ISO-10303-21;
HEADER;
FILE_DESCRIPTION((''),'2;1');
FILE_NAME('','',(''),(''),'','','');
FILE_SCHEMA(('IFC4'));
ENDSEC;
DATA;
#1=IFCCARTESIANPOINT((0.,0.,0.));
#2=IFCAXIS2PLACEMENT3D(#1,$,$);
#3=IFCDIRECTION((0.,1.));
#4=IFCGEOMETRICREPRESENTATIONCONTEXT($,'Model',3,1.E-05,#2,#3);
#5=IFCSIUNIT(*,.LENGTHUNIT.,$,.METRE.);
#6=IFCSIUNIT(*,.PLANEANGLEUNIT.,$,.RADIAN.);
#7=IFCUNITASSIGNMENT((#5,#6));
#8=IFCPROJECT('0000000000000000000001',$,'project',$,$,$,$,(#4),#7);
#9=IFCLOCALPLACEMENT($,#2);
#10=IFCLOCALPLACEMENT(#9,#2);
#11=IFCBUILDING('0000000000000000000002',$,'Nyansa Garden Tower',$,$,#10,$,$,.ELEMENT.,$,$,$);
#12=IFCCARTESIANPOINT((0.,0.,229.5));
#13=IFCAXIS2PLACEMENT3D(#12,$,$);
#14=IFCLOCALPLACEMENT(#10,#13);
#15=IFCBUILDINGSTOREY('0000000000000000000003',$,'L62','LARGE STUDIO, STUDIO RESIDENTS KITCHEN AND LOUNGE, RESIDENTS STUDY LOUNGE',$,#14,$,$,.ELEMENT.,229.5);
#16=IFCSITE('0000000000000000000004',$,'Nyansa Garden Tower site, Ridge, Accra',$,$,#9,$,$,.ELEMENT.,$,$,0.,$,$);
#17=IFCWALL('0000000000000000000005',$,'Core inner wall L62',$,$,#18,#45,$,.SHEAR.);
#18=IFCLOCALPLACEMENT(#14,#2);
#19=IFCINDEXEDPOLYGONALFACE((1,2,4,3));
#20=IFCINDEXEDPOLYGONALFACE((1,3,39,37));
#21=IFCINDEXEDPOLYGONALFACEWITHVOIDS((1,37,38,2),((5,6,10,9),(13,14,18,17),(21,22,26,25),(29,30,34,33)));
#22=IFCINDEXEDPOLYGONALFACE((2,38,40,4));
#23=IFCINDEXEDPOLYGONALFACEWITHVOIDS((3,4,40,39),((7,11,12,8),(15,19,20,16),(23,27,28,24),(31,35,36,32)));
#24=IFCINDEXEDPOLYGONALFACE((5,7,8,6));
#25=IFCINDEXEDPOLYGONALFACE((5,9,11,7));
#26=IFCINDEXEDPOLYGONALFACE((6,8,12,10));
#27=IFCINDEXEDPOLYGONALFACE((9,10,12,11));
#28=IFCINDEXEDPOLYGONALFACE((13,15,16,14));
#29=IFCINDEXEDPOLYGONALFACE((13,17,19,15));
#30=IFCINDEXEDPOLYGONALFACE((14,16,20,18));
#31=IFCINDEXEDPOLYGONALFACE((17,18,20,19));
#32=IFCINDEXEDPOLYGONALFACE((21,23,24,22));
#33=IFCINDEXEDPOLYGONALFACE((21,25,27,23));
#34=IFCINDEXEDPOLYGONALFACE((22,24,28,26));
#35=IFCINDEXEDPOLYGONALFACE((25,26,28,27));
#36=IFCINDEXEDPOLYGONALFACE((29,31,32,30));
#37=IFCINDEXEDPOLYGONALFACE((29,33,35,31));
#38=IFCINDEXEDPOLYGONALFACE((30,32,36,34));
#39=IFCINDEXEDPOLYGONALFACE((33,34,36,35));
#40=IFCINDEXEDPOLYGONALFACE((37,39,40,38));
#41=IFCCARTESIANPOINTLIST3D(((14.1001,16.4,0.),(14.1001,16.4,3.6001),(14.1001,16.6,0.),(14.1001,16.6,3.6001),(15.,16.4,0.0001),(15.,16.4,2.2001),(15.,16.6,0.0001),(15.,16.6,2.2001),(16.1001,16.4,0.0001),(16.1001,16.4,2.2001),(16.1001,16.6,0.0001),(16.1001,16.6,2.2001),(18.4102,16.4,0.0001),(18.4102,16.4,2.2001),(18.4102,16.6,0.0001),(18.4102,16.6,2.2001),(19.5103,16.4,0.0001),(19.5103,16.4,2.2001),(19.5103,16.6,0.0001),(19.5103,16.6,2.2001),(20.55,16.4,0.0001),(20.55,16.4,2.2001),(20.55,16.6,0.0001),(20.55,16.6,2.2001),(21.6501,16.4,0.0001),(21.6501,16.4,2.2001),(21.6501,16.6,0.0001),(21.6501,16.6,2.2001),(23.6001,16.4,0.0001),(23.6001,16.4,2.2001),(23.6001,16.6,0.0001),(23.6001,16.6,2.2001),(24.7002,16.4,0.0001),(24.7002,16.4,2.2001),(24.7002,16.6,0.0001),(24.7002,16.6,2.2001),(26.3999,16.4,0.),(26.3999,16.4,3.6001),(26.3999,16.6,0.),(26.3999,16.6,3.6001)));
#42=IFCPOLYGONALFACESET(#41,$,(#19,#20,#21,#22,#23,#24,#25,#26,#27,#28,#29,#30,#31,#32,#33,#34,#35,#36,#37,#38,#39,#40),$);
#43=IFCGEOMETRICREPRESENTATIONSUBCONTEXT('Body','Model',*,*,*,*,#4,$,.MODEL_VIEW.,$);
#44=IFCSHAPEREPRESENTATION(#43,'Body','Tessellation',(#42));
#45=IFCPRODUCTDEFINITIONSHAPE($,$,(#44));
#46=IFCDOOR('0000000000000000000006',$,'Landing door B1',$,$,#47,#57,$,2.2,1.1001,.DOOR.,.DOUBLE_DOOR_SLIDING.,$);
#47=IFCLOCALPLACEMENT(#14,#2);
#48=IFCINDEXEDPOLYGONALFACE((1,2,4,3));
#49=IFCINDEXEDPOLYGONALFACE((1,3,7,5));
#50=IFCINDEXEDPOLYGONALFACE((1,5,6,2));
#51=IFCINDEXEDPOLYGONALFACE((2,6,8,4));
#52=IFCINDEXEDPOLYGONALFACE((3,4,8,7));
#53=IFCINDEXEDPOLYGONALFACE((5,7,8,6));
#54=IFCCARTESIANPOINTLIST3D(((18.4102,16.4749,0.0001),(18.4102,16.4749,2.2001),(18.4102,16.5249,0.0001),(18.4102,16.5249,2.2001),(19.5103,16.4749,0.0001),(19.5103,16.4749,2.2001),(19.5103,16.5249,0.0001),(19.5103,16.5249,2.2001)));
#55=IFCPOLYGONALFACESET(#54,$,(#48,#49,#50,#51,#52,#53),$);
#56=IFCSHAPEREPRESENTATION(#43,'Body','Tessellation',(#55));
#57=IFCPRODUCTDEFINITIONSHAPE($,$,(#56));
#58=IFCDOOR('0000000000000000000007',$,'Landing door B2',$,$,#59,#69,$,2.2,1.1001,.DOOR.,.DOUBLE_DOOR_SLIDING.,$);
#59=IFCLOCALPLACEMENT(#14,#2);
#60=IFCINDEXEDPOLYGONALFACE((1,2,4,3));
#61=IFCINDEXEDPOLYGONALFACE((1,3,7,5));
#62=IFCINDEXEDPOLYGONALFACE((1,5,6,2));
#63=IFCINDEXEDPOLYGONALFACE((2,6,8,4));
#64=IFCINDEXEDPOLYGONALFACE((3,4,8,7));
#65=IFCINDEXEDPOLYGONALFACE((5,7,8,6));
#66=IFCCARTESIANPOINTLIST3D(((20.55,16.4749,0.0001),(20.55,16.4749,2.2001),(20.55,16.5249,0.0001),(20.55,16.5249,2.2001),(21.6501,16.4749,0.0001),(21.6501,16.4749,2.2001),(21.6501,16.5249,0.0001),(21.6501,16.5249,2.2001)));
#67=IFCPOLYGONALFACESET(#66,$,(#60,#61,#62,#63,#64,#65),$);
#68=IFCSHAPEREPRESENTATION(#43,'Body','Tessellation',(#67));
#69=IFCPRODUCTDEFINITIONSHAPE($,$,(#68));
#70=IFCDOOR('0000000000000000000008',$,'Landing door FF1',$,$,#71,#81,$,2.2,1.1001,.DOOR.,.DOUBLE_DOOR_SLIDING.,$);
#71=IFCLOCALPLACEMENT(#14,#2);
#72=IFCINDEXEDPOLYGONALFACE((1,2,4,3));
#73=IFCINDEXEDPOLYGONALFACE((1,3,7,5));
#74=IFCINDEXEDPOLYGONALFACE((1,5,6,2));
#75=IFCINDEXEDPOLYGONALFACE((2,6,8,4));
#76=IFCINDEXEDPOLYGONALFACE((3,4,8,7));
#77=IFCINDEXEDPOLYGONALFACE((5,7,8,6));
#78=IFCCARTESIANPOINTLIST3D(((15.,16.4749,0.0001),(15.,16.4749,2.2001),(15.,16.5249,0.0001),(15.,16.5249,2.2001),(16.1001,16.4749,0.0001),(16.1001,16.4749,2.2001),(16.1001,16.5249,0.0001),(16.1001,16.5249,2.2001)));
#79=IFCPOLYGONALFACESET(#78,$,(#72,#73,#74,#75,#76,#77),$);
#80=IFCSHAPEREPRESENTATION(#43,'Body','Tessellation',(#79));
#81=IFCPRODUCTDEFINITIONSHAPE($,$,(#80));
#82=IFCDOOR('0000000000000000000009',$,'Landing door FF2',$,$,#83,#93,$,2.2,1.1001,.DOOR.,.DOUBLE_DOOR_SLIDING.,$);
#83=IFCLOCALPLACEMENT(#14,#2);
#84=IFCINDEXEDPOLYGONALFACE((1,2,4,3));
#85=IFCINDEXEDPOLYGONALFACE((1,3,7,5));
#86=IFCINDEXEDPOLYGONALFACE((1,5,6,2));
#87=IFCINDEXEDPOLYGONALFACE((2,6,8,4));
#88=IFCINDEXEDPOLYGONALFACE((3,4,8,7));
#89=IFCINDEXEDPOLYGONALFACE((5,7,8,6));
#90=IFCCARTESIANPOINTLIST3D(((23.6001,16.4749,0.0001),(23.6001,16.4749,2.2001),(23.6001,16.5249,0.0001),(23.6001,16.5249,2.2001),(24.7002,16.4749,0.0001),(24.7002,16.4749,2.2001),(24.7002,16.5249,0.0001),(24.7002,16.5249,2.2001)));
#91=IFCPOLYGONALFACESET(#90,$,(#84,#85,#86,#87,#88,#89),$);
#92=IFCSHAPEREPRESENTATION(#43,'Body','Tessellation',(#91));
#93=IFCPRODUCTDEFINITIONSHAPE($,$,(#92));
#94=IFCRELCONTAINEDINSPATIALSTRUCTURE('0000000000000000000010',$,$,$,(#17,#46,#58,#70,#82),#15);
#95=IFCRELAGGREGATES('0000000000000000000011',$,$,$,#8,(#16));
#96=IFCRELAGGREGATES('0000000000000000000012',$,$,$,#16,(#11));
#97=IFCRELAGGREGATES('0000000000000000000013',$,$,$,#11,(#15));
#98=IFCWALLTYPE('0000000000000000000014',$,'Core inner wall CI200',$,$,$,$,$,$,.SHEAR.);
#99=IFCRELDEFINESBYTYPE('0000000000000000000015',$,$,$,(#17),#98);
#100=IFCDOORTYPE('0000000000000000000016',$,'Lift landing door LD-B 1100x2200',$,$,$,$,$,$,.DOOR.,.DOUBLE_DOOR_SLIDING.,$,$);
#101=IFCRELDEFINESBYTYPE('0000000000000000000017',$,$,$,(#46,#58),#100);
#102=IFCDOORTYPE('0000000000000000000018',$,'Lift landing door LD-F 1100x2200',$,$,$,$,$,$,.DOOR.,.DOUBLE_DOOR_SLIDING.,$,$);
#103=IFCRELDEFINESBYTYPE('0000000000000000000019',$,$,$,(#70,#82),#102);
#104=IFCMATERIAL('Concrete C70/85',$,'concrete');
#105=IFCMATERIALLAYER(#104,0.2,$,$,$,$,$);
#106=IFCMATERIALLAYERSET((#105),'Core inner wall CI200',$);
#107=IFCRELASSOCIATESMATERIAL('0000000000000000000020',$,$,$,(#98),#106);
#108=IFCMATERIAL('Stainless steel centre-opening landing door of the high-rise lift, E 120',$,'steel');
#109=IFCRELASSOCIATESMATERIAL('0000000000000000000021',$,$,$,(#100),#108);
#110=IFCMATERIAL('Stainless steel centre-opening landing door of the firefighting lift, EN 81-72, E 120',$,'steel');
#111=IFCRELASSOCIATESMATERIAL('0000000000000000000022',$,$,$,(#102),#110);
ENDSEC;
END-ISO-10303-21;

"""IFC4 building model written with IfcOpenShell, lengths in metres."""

from ifc_helpers import new_model, si_unit, direction, frame, frame_2d, origin, place, context, subcontext, project, spatial, rectangle, extrude, material, layer, layer_set, type_object, element, fill, save


model = new_model("IFC4")

# Units and contexts
model_context = context("Model", 3, precision=1e-05, world=origin(), true_north=direction((0.0, 1.0)))
body_context = subcontext(model_context, "Body", "Model", "MODEL_VIEW")
ifc_project = project(units=[si_unit("LENGTHUNIT", "METRE"), si_unit("PLANEANGLEUNIT", "RADIAN")], contexts=[model_context])

# Site, building, storey
site_placement = place(None, origin())
site = spatial("IfcSite", under=ifc_project, at=site_placement, Name="Nyansa Garden Tower site, Ridge, Accra", CompositionType="ELEMENT", RefElevation=0.0)
building_placement = place(site_placement, origin())
building = spatial("IfcBuilding", under=site, at=building_placement, Name="Nyansa Garden Tower", CompositionType="ELEMENT")
storey_placement = place(building_placement, frame((0.0, 0.0, 229.5)))
storey = spatial("IfcBuildingStorey", under=building, at=storey_placement, Name="L62", Description="LARGE STUDIO, STUDIO RESIDENTS KITCHEN AND LOUNGE, RESIDENTS STUDY LOUNGE", CompositionType="ELEMENT", Elevation=229.5)

# Wall, openings, doors
ifc_material_1 = material(Name="Concrete C70/85", Category="concrete")
ifc_layer_1 = layer(ifc_material_1, 0.2)
ifc_layer_set_1 = layer_set([ifc_layer_1], Name="Core inner wall CI200")
wall_type_1 = type_object("IfcWallType", Name="Core inner wall CI200", PredefinedType="SHEAR", material=ifc_layer_set_1)
wall_1_placement = place(storey_placement, frame((14.1001, 16.5, 0.0), z_axis=(0.0, 0.0, 1.0), x_axis=(1.0, 0.0, 0.0)))
wall_1 = element("IfcWall", 1, at=wall_1_placement, inside=storey, type_object=wall_type_1, Name="Core inner wall L62", PredefinedType="SHEAR", context=body_context, shape_type="SweptSolid", body=[
    extrude(rectangle(XDim=12.2998, YDim=0.2, at=frame_2d((6.1499, 0.0))), origin(), (0.0, 0.0, 1.0), 3.6001),
])
opening_1_placement = place(wall_1_placement, frame((0.8999, 0.0, 0.0)))
opening_1 = element("IfcOpeningElement", 2, at=opening_1_placement, cuts=wall_1, PredefinedType="OPENING", context=body_context, shape_type="SweptSolid", body=[
    extrude(rectangle(XDim=1.1001, YDim=2.2, at=frame_2d((0.55, 1.1001))), frame((0.0, 0.1099, 0.0), z_axis=(0.0, -1.0, 0.0), x_axis=(1.0, 0.0, 0.0)), (0.0, 0.0, 1.0), 0.22),
])
opening_2_placement = place(wall_1_placement, frame((4.3101, 0.0, 0.0)))
opening_2 = element("IfcOpeningElement", 3, at=opening_2_placement, cuts=wall_1, PredefinedType="OPENING", context=body_context, shape_type="SweptSolid", body=[
    extrude(rectangle(XDim=1.1001, YDim=2.2, at=frame_2d((0.55, 1.1001))), frame((0.0, 0.1099, 0.0), z_axis=(0.0, -1.0, 0.0), x_axis=(1.0, 0.0, 0.0)), (0.0, 0.0, 1.0), 0.22),
])
opening_3_placement = place(wall_1_placement, frame((6.45, 0.0, 0.0)))
opening_3 = element("IfcOpeningElement", 4, at=opening_3_placement, cuts=wall_1, PredefinedType="OPENING", context=body_context, shape_type="SweptSolid", body=[
    extrude(rectangle(XDim=1.1001, YDim=2.2, at=frame_2d((0.55, 1.1001))), frame((0.0, 0.1099, 0.0), z_axis=(0.0, -1.0, 0.0), x_axis=(1.0, 0.0, 0.0)), (0.0, 0.0, 1.0), 0.22),
])
opening_4_placement = place(wall_1_placement, frame((9.5, 0.0, 0.0)))
opening_4 = element("IfcOpeningElement", 5, at=opening_4_placement, cuts=wall_1, PredefinedType="OPENING", context=body_context, shape_type="SweptSolid", body=[
    extrude(rectangle(XDim=1.1001, YDim=2.2, at=frame_2d((0.55, 1.1001))), frame((0.0, 0.1099, 0.0), z_axis=(0.0, -1.0, 0.0), x_axis=(1.0, 0.0, 0.0)), (0.0, 0.0, 1.0), 0.22),
])
ifc_material_2 = material(Name="Stainless steel centre-opening landing door of the high-rise lift, E 120", Category="steel")
door_type_1 = type_object("IfcDoorType", Name="Lift landing door LD-B 1100x2200", OperationType="DOUBLE_DOOR_SLIDING", PredefinedType="DOOR", material=ifc_material_2)
door_1_placement = place(opening_2_placement, origin())
door_1 = element("IfcDoor", 6, at=door_1_placement, inside=storey, type_object=door_type_1, Name="Landing door B1", OperationType="DOUBLE_DOOR_SLIDING", OverallHeight=2.2, OverallWidth=1.1001, PredefinedType="DOOR", context=body_context, shape_type="SweptSolid", body=[
    extrude(rectangle(XDim=1.1001, YDim=2.2, at=frame_2d((0.55, 1.1001))), frame((0.0, 0.0249, 0.0), z_axis=(0.0, -1.0, 0.0), x_axis=(1.0, 0.0, 0.0)), (0.0, 0.0, 1.0), 0.05),
])
fill(opening_2, door_1)
door_2_placement = place(opening_3_placement, origin())
door_2 = element("IfcDoor", 7, at=door_2_placement, inside=storey, type_object=door_type_1, Name="Landing door B2", OperationType="DOUBLE_DOOR_SLIDING", OverallHeight=2.2, OverallWidth=1.1001, PredefinedType="DOOR", context=body_context, shape_type="SweptSolid", body=[
    extrude(rectangle(XDim=1.1001, YDim=2.2, at=frame_2d((0.55, 1.1001))), frame((0.0, 0.0249, 0.0), z_axis=(0.0, -1.0, 0.0), x_axis=(1.0, 0.0, 0.0)), (0.0, 0.0, 1.0), 0.05),
])
fill(opening_3, door_2)
ifc_material_3 = material(Name="Stainless steel centre-opening landing door of the firefighting lift, EN 81-72, E 120", Category="steel")
door_type_2 = type_object("IfcDoorType", Name="Lift landing door LD-F 1100x2200", OperationType="DOUBLE_DOOR_SLIDING", PredefinedType="DOOR", material=ifc_material_3)
door_3_placement = place(opening_1_placement, origin())
door_3 = element("IfcDoor", 8, at=door_3_placement, inside=storey, type_object=door_type_2, Name="Landing door FF1", OperationType="DOUBLE_DOOR_SLIDING", OverallHeight=2.2, OverallWidth=1.1001, PredefinedType="DOOR", context=body_context, shape_type="SweptSolid", body=[
    extrude(rectangle(XDim=1.1001, YDim=2.2, at=frame_2d((0.55, 1.1001))), frame((0.0, 0.0249, 0.0), z_axis=(0.0, -1.0, 0.0), x_axis=(1.0, 0.0, 0.0)), (0.0, 0.0, 1.0), 0.05),
])
fill(opening_1, door_3)
door_4_placement = place(opening_4_placement, origin())
door_4 = element("IfcDoor", 9, at=door_4_placement, inside=storey, type_object=door_type_2, Name="Landing door FF2", OperationType="DOUBLE_DOOR_SLIDING", OverallHeight=2.2, OverallWidth=1.1001, PredefinedType="DOOR", context=body_context, shape_type="SweptSolid", body=[
    extrude(rectangle(XDim=1.1001, YDim=2.2, at=frame_2d((0.55, 1.1001))), frame((0.0, 0.0249, 0.0), z_axis=(0.0, -1.0, 0.0), x_axis=(1.0, 0.0, 0.0)), (0.0, 0.0, 1.0), 0.05),
])
fill(opening_4, door_4)

save(model, "model.ifc")
